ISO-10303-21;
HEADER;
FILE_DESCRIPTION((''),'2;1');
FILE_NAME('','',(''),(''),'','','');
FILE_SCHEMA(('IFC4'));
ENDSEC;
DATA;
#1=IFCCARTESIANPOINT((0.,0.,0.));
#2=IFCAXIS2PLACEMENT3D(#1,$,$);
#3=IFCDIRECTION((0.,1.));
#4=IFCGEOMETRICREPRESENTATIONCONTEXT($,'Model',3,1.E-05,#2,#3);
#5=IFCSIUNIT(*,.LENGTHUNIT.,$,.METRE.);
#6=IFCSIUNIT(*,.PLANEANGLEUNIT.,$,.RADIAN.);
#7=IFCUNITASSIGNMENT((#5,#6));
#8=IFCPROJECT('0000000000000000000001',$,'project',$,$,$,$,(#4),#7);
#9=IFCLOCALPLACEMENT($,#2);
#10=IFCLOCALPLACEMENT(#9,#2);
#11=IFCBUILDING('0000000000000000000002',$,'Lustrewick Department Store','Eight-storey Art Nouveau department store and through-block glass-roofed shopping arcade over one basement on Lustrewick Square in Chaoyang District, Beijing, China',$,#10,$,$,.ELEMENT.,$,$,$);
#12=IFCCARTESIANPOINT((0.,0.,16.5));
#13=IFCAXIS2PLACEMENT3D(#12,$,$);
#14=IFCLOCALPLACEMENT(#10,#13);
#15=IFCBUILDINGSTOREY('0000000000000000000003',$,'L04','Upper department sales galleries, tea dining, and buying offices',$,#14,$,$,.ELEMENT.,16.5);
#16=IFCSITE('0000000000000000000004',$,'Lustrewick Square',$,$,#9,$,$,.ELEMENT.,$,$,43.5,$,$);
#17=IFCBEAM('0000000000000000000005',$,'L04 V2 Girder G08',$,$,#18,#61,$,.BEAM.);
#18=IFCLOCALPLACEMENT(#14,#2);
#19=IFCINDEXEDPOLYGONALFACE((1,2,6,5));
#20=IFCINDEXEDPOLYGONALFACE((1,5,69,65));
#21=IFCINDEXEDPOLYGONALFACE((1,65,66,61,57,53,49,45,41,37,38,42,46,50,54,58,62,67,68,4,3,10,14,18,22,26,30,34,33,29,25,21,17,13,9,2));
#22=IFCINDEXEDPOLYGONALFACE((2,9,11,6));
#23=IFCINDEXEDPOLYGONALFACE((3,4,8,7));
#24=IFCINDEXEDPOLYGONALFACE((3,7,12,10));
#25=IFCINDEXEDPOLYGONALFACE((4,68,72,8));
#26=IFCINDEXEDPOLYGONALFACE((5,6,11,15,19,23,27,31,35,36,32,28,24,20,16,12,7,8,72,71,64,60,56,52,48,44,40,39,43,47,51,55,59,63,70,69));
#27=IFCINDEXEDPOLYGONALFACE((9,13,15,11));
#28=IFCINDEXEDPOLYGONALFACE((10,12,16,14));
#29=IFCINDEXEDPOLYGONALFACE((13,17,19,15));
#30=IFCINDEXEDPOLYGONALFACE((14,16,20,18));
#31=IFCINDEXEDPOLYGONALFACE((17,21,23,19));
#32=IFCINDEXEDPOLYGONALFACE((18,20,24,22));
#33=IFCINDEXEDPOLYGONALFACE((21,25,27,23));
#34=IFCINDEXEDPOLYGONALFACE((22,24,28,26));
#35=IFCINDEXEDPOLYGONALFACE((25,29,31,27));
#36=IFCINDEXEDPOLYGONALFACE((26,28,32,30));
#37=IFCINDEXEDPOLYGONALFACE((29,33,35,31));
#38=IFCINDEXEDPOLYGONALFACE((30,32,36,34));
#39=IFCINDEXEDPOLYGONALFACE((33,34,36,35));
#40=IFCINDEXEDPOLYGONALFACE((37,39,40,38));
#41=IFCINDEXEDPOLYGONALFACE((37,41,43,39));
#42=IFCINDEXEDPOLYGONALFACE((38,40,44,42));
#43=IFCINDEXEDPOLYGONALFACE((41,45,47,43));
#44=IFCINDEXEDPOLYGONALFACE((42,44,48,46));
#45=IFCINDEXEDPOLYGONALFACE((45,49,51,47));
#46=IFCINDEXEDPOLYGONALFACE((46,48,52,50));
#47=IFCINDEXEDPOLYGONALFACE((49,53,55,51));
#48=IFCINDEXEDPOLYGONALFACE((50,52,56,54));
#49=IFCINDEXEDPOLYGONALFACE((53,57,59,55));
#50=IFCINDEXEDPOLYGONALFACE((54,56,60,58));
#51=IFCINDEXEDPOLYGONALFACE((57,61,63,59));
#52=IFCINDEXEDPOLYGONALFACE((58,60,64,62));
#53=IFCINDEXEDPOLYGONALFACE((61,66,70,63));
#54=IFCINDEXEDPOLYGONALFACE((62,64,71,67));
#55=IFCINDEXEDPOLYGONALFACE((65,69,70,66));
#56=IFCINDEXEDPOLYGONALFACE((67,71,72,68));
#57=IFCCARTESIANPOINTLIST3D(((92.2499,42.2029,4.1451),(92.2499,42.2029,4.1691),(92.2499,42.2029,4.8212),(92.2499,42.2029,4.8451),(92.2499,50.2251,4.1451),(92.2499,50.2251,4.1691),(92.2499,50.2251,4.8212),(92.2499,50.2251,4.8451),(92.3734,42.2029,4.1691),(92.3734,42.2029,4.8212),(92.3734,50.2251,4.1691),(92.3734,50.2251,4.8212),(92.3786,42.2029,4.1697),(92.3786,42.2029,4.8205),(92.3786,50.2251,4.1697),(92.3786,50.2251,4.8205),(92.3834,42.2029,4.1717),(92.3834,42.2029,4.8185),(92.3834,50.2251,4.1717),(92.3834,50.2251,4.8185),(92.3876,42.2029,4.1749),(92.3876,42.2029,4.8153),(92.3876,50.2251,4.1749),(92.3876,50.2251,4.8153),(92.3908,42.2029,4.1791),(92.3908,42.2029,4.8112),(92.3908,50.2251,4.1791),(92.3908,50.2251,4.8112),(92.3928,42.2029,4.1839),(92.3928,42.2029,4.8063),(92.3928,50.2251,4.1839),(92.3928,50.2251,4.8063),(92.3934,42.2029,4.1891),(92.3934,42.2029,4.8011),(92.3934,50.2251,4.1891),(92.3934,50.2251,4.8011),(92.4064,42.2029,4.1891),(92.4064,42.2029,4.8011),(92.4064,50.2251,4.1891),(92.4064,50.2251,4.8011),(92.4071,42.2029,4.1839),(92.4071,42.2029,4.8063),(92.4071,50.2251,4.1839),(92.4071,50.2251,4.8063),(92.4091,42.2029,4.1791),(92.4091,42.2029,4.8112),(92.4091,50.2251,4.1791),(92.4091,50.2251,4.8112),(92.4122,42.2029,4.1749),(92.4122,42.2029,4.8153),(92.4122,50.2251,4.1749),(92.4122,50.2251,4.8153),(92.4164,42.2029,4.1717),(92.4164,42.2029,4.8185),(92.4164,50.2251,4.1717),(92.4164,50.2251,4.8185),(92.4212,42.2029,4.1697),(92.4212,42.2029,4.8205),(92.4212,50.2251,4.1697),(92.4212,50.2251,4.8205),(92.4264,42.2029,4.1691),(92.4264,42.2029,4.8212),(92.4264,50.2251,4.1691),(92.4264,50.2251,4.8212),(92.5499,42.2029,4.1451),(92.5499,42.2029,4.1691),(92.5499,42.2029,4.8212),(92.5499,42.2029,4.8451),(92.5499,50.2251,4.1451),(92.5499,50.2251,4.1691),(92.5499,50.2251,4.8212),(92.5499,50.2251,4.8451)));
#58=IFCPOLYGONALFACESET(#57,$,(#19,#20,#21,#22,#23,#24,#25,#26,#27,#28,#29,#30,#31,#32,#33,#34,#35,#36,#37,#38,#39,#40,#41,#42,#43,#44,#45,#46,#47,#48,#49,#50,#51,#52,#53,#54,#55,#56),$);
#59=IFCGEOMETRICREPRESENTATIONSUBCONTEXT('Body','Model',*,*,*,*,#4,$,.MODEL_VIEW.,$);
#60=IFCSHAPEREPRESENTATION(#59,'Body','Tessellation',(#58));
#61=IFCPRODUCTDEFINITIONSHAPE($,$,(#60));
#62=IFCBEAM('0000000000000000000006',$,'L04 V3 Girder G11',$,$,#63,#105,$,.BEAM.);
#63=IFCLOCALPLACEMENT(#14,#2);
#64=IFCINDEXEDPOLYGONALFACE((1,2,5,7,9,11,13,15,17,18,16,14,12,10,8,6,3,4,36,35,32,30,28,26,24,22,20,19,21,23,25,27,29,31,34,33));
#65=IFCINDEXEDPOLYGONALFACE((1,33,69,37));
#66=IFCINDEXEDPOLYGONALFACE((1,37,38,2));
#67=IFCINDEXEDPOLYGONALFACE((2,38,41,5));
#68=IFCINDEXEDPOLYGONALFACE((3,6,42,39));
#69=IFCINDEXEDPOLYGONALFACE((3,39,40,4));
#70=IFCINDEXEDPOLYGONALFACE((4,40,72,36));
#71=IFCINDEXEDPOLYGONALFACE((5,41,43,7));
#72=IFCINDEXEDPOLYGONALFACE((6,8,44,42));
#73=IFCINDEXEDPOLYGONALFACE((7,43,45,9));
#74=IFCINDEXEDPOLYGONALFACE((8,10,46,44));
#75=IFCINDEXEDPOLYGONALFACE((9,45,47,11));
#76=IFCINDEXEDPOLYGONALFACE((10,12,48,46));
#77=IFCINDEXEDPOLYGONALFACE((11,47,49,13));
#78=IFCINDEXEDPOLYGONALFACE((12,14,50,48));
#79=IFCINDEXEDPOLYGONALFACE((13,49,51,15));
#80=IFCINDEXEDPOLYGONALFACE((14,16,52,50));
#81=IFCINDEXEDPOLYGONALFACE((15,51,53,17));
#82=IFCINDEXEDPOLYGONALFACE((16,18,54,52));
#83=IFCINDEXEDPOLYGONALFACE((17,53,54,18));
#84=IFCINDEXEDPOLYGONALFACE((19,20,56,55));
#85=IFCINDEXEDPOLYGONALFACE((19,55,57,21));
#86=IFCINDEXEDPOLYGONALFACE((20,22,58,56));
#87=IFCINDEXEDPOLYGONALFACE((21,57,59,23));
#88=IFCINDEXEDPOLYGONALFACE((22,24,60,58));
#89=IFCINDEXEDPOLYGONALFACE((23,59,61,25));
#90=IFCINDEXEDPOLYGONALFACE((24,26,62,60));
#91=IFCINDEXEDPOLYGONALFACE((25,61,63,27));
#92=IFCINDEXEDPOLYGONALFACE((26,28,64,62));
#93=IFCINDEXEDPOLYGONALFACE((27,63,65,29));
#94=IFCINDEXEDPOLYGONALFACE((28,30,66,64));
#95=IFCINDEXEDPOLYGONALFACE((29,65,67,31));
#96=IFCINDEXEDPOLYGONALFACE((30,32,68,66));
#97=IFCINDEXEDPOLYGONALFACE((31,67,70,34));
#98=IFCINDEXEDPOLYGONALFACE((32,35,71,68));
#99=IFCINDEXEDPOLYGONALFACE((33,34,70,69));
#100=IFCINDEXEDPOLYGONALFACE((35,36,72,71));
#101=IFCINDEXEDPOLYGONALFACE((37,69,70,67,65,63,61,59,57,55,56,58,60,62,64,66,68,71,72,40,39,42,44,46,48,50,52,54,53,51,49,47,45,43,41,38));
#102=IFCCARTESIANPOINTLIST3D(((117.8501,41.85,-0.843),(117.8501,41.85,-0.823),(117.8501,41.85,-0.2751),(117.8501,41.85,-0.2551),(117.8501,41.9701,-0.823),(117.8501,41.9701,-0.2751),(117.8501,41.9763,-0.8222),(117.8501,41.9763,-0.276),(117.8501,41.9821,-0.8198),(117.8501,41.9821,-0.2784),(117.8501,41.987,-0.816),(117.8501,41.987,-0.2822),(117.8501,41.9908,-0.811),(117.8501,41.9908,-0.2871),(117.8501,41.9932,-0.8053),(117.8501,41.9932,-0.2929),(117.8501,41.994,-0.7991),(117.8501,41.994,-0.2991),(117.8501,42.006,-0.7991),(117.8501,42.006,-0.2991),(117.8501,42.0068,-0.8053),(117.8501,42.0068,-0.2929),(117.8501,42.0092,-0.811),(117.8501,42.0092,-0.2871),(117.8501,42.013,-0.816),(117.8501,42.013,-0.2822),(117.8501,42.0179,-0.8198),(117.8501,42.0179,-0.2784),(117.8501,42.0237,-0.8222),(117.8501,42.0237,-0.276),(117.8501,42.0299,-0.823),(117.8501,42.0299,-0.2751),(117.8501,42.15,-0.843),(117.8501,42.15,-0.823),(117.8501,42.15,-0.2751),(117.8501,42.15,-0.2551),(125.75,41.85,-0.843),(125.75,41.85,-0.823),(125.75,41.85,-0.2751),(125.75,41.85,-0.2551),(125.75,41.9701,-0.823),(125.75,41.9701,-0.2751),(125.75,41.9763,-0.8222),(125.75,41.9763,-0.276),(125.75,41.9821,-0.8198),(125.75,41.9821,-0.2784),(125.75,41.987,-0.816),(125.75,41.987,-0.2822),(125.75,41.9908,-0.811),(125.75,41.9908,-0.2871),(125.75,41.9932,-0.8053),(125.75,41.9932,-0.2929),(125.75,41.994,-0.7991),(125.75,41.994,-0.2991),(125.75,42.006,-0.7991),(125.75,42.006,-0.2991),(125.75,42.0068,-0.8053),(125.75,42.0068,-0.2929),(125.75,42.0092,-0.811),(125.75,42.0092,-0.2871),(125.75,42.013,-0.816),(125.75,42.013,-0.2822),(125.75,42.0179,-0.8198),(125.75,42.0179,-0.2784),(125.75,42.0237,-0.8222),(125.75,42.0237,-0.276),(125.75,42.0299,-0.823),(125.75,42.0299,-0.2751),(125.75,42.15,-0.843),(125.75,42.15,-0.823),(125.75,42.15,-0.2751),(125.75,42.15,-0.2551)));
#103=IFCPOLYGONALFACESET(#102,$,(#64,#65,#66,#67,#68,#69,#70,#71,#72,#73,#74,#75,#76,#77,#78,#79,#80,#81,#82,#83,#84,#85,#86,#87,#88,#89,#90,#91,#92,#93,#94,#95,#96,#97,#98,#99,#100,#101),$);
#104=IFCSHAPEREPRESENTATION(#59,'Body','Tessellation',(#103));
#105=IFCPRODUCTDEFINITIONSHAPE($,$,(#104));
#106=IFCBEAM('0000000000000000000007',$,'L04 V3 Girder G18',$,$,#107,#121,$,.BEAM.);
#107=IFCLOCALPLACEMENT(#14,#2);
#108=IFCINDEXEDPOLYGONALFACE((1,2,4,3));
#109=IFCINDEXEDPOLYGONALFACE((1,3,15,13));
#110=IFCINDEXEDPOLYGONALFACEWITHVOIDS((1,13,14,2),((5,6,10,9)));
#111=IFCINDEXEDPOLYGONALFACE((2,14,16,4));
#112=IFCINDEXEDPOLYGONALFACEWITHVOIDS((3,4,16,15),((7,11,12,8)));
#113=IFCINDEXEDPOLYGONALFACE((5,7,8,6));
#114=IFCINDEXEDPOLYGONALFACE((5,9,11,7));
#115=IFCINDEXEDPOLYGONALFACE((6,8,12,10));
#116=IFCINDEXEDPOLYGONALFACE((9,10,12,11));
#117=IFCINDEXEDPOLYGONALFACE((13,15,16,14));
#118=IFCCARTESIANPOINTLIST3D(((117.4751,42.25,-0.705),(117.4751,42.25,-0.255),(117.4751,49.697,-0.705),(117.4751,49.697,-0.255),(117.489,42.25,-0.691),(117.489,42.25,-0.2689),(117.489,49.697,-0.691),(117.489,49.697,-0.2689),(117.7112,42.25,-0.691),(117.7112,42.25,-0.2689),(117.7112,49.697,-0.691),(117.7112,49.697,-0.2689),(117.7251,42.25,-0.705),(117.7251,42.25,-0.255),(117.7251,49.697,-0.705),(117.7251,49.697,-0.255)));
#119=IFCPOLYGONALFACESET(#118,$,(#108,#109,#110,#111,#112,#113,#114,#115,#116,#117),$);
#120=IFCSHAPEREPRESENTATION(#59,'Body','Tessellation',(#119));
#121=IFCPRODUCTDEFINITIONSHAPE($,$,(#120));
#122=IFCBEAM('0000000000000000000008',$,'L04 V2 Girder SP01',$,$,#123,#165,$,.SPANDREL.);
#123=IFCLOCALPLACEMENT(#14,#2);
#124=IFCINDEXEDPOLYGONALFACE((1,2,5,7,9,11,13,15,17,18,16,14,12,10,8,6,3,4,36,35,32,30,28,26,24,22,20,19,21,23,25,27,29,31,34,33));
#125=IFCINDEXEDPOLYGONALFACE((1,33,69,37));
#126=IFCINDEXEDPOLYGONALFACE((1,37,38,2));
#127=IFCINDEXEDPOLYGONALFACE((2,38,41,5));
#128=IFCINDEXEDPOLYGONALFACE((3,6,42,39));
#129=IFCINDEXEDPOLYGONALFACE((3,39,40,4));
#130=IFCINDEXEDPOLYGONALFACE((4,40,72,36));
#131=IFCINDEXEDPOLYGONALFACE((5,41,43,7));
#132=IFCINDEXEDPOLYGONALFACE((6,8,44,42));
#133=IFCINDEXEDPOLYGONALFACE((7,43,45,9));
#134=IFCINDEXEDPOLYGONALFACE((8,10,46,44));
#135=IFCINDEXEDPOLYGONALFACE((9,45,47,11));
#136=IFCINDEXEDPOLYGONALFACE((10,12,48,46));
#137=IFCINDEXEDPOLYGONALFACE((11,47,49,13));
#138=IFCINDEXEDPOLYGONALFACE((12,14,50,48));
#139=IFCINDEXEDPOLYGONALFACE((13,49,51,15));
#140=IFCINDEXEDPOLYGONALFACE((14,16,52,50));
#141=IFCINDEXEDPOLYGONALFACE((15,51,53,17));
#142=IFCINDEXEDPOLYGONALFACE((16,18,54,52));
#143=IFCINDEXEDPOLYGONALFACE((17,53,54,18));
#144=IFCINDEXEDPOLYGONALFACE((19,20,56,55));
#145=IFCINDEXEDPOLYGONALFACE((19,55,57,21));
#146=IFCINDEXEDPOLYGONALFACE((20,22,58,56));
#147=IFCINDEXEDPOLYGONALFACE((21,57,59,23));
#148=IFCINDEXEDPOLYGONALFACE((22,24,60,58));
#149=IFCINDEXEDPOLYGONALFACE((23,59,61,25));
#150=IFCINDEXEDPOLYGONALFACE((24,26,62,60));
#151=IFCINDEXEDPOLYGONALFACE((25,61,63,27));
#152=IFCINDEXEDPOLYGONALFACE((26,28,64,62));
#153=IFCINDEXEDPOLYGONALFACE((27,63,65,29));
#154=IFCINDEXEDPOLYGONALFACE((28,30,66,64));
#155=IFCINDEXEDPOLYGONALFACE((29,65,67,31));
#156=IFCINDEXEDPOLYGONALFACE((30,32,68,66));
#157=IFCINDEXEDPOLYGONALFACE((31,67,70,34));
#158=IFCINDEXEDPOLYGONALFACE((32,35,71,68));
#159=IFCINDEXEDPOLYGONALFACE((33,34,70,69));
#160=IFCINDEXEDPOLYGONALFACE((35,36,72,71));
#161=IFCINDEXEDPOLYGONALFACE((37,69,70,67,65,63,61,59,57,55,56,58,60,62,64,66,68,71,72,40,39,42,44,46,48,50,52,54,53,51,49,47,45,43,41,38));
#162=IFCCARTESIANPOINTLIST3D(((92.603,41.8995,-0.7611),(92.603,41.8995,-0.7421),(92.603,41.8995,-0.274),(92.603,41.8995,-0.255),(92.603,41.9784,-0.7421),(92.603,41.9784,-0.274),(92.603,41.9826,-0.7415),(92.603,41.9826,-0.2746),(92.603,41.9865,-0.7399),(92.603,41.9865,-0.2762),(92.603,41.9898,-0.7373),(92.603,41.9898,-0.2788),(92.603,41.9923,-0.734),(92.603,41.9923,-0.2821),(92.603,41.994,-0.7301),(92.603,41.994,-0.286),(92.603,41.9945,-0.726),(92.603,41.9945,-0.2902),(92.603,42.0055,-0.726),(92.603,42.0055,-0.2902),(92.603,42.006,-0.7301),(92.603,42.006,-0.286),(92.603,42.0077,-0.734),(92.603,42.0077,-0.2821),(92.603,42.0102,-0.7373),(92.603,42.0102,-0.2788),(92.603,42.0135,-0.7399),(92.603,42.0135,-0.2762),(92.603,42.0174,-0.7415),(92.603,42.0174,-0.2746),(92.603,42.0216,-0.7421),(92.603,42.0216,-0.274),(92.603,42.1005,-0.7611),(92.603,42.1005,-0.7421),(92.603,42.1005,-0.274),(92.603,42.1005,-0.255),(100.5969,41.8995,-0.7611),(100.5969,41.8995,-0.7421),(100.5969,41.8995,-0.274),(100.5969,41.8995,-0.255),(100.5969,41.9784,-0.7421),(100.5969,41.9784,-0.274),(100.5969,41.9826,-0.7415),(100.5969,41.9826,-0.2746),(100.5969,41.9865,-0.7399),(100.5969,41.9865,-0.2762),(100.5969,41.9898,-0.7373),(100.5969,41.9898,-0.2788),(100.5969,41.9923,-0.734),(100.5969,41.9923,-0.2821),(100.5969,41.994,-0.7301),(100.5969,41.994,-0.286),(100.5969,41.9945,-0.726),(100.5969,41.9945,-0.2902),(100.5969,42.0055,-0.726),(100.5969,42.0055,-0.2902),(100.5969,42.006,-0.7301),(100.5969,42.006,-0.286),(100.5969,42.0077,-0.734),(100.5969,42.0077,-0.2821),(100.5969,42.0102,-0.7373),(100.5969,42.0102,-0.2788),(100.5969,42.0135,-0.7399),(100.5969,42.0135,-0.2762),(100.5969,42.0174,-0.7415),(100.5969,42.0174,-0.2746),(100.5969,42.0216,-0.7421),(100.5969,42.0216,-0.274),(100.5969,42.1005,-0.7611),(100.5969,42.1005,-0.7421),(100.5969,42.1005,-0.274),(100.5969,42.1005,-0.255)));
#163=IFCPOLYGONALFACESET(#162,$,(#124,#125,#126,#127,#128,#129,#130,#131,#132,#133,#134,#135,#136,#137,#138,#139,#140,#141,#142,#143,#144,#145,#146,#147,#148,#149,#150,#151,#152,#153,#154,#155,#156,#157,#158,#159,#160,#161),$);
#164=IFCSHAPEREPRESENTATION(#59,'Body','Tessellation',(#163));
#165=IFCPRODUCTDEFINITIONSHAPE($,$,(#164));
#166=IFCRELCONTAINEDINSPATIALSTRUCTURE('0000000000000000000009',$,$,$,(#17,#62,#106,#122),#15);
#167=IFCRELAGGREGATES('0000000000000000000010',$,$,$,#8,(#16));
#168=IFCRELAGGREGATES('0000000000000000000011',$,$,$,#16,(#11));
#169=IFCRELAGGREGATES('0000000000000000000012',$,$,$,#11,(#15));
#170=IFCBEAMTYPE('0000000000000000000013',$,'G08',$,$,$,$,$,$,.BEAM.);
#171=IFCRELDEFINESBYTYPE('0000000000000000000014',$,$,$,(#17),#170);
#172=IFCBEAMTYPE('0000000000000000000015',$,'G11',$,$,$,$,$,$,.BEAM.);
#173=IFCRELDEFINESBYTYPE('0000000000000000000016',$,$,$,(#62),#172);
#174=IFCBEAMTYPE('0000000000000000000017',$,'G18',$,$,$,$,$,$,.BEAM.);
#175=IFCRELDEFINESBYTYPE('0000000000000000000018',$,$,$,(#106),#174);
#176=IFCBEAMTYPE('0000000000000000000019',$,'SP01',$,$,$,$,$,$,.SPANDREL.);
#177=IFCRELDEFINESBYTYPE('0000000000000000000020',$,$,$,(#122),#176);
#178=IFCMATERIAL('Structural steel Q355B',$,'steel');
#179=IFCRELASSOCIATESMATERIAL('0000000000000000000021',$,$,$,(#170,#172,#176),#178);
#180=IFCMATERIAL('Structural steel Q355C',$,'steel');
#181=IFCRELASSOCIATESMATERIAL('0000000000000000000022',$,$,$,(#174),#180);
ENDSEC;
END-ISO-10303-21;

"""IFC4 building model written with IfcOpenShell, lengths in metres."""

from ifc_helpers import new_model, si_unit, direction, frame, origin, origin_2d, place, context, subcontext, project, spatial, hollow_rectangle, i_section, extrude, material, material_profile, profile_set, type_object, element, save


model = new_model("IFC4")

# Units and contexts
model_context = context("Model", 3, precision=1e-05, world=origin(), true_north=direction((0.0, 1.0)))
body_context = subcontext(model_context, "Body", "Model", "MODEL_VIEW")
ifc_project = project(units=[si_unit("LENGTHUNIT", "METRE"), si_unit("PLANEANGLEUNIT", "RADIAN")], contexts=[model_context])

# Site, building, storey
site_placement = place(None, origin())
site = spatial("IfcSite", under=ifc_project, at=site_placement, Name="Lustrewick Square", CompositionType="ELEMENT", RefElevation=43.5)
building_placement = place(site_placement, origin())
building = spatial("IfcBuilding", under=site, at=building_placement, Name="Lustrewick Department Store", Description="Eight-storey Art Nouveau department store and through-block glass-roofed shopping arcade over one basement on Lustrewick Square in Chaoyang District, Beijing, China", CompositionType="ELEMENT")
storey_placement = place(building_placement, frame((0.0, 0.0, 16.5)))
storey = spatial("IfcBuildingStorey", under=building, at=storey_placement, Name="L04", Description="Upper department sales galleries, tea dining, and buying offices", CompositionType="ELEMENT", Elevation=16.5)

# Shared definitions
ifc_material_1 = material(Name="Structural steel Q355C", Category="steel")

# Beams
ifc_material_2 = material(Name="Structural steel Q355B", Category="steel")
ifc_material_profile_1 = material_profile(ifc_material_2, i_section(OverallWidth=0.3, OverallDepth=0.7, WebThickness=0.0129, FlangeThickness=0.0239, FilletRadius=0.02, at=origin_2d()), Name="HN 700x300x13x24")
ifc_profile_set_1 = profile_set([ifc_material_profile_1], Name="Structural steel Q355B")
beam_type_1 = type_object("IfcBeamType", Name="G08", PredefinedType="BEAM", material=ifc_profile_set_1)
beam_1_placement = place(storey_placement, frame((92.3999, 42.2029, 4.4951), z_axis=(0.0, 1.0, 0.0), x_axis=(-1.0, 0.0, 0.0)))
element("IfcBeam", 1, at=beam_1_placement, inside=storey, type_object=beam_type_1, Name="L04 V2 Girder G08", PredefinedType="BEAM", context=body_context, shape_type="SweptSolid", body=[
    extrude(i_section(OverallWidth=0.3, OverallDepth=0.7, WebThickness=0.0129, FlangeThickness=0.0239, FilletRadius=0.02, at=origin_2d()), origin(), (0.0, 0.0, 1.0), 8.0222),
])
ifc_material_profile_2 = material_profile(ifc_material_2, i_section(OverallWidth=0.3, OverallDepth=0.5879, WebThickness=0.012, FlangeThickness=0.02, FilletRadius=0.0239, at=origin_2d()), Name="HM 588x300x12x20")
ifc_profile_set_2 = profile_set([ifc_material_profile_2], Name="Structural steel Q355B")
beam_type_2 = type_object("IfcBeamType", Name="G11", PredefinedType="BEAM", material=ifc_profile_set_2)
beam_2_placement = place(storey_placement, frame((117.8501, 42.0, -0.5491), z_axis=(1.0, 0.0, 0.0), x_axis=(0.0, 1.0, 0.0)))
element("IfcBeam", 2, at=beam_2_placement, inside=storey, type_object=beam_type_2, Name="L04 V3 Girder G11", PredefinedType="BEAM", context=body_context, shape_type="SweptSolid", body=[
    extrude(i_section(OverallWidth=0.3, OverallDepth=0.5879, WebThickness=0.012, FlangeThickness=0.02, FilletRadius=0.0239, at=origin_2d()), origin(), (0.0, 0.0, 1.0), 7.8999),
])
ifc_material_profile_3 = material_profile(ifc_material_1, hollow_rectangle(XDim=0.25, YDim=0.45, WallThickness=0.0139, at=origin_2d()), Name="RHS 450x250x14")
ifc_profile_set_3 = profile_set([ifc_material_profile_3], Name="Structural steel Q355C")
beam_type_3 = type_object("IfcBeamType", Name="G18", PredefinedType="BEAM", material=ifc_profile_set_3)
beam_3_placement = place(storey_placement, frame((117.6001, 42.25, -0.48), z_axis=(0.0, 1.0, 0.0), x_axis=(-1.0, 0.0, 0.0)))
element("IfcBeam", 3, at=beam_3_placement, inside=storey, type_object=beam_type_3, Name="L04 V3 Girder G18", PredefinedType="BEAM", context=body_context, shape_type="SweptSolid", body=[
    extrude(hollow_rectangle(XDim=0.25, YDim=0.45, WallThickness=0.0139, at=origin_2d()), origin(), (0.0, 0.0, 1.0), 7.447),
])
ifc_material_profile_4 = material_profile(ifc_material_2, i_section(OverallWidth=0.2009, OverallDepth=0.5061, WebThickness=0.011, FlangeThickness=0.019, FilletRadius=0.0161, at=origin_2d()), Name="HN 506x201x11x19")
ifc_profile_set_4 = profile_set([ifc_material_profile_4], Name="Structural steel Q355B")
beam_type_4 = type_object("IfcBeamType", Name="SP01", PredefinedType="SPANDREL", material=ifc_profile_set_4)
beam_4_placement = place(storey_placement, frame((92.603, 42.0, -0.5081), z_axis=(1.0, 0.0, 0.0), x_axis=(0.0, 1.0, 0.0)))
element("IfcBeam", 4, at=beam_4_placement, inside=storey, type_object=beam_type_4, Name="L04 V2 Girder SP01", PredefinedType="SPANDREL", context=body_context, shape_type="SweptSolid", body=[
    extrude(i_section(OverallWidth=0.2009, OverallDepth=0.5061, WebThickness=0.011, FlangeThickness=0.019, FilletRadius=0.0161, at=origin_2d()), origin(), (0.0, 0.0, 1.0), 7.9939),
])

save(model, "model.ifc")
